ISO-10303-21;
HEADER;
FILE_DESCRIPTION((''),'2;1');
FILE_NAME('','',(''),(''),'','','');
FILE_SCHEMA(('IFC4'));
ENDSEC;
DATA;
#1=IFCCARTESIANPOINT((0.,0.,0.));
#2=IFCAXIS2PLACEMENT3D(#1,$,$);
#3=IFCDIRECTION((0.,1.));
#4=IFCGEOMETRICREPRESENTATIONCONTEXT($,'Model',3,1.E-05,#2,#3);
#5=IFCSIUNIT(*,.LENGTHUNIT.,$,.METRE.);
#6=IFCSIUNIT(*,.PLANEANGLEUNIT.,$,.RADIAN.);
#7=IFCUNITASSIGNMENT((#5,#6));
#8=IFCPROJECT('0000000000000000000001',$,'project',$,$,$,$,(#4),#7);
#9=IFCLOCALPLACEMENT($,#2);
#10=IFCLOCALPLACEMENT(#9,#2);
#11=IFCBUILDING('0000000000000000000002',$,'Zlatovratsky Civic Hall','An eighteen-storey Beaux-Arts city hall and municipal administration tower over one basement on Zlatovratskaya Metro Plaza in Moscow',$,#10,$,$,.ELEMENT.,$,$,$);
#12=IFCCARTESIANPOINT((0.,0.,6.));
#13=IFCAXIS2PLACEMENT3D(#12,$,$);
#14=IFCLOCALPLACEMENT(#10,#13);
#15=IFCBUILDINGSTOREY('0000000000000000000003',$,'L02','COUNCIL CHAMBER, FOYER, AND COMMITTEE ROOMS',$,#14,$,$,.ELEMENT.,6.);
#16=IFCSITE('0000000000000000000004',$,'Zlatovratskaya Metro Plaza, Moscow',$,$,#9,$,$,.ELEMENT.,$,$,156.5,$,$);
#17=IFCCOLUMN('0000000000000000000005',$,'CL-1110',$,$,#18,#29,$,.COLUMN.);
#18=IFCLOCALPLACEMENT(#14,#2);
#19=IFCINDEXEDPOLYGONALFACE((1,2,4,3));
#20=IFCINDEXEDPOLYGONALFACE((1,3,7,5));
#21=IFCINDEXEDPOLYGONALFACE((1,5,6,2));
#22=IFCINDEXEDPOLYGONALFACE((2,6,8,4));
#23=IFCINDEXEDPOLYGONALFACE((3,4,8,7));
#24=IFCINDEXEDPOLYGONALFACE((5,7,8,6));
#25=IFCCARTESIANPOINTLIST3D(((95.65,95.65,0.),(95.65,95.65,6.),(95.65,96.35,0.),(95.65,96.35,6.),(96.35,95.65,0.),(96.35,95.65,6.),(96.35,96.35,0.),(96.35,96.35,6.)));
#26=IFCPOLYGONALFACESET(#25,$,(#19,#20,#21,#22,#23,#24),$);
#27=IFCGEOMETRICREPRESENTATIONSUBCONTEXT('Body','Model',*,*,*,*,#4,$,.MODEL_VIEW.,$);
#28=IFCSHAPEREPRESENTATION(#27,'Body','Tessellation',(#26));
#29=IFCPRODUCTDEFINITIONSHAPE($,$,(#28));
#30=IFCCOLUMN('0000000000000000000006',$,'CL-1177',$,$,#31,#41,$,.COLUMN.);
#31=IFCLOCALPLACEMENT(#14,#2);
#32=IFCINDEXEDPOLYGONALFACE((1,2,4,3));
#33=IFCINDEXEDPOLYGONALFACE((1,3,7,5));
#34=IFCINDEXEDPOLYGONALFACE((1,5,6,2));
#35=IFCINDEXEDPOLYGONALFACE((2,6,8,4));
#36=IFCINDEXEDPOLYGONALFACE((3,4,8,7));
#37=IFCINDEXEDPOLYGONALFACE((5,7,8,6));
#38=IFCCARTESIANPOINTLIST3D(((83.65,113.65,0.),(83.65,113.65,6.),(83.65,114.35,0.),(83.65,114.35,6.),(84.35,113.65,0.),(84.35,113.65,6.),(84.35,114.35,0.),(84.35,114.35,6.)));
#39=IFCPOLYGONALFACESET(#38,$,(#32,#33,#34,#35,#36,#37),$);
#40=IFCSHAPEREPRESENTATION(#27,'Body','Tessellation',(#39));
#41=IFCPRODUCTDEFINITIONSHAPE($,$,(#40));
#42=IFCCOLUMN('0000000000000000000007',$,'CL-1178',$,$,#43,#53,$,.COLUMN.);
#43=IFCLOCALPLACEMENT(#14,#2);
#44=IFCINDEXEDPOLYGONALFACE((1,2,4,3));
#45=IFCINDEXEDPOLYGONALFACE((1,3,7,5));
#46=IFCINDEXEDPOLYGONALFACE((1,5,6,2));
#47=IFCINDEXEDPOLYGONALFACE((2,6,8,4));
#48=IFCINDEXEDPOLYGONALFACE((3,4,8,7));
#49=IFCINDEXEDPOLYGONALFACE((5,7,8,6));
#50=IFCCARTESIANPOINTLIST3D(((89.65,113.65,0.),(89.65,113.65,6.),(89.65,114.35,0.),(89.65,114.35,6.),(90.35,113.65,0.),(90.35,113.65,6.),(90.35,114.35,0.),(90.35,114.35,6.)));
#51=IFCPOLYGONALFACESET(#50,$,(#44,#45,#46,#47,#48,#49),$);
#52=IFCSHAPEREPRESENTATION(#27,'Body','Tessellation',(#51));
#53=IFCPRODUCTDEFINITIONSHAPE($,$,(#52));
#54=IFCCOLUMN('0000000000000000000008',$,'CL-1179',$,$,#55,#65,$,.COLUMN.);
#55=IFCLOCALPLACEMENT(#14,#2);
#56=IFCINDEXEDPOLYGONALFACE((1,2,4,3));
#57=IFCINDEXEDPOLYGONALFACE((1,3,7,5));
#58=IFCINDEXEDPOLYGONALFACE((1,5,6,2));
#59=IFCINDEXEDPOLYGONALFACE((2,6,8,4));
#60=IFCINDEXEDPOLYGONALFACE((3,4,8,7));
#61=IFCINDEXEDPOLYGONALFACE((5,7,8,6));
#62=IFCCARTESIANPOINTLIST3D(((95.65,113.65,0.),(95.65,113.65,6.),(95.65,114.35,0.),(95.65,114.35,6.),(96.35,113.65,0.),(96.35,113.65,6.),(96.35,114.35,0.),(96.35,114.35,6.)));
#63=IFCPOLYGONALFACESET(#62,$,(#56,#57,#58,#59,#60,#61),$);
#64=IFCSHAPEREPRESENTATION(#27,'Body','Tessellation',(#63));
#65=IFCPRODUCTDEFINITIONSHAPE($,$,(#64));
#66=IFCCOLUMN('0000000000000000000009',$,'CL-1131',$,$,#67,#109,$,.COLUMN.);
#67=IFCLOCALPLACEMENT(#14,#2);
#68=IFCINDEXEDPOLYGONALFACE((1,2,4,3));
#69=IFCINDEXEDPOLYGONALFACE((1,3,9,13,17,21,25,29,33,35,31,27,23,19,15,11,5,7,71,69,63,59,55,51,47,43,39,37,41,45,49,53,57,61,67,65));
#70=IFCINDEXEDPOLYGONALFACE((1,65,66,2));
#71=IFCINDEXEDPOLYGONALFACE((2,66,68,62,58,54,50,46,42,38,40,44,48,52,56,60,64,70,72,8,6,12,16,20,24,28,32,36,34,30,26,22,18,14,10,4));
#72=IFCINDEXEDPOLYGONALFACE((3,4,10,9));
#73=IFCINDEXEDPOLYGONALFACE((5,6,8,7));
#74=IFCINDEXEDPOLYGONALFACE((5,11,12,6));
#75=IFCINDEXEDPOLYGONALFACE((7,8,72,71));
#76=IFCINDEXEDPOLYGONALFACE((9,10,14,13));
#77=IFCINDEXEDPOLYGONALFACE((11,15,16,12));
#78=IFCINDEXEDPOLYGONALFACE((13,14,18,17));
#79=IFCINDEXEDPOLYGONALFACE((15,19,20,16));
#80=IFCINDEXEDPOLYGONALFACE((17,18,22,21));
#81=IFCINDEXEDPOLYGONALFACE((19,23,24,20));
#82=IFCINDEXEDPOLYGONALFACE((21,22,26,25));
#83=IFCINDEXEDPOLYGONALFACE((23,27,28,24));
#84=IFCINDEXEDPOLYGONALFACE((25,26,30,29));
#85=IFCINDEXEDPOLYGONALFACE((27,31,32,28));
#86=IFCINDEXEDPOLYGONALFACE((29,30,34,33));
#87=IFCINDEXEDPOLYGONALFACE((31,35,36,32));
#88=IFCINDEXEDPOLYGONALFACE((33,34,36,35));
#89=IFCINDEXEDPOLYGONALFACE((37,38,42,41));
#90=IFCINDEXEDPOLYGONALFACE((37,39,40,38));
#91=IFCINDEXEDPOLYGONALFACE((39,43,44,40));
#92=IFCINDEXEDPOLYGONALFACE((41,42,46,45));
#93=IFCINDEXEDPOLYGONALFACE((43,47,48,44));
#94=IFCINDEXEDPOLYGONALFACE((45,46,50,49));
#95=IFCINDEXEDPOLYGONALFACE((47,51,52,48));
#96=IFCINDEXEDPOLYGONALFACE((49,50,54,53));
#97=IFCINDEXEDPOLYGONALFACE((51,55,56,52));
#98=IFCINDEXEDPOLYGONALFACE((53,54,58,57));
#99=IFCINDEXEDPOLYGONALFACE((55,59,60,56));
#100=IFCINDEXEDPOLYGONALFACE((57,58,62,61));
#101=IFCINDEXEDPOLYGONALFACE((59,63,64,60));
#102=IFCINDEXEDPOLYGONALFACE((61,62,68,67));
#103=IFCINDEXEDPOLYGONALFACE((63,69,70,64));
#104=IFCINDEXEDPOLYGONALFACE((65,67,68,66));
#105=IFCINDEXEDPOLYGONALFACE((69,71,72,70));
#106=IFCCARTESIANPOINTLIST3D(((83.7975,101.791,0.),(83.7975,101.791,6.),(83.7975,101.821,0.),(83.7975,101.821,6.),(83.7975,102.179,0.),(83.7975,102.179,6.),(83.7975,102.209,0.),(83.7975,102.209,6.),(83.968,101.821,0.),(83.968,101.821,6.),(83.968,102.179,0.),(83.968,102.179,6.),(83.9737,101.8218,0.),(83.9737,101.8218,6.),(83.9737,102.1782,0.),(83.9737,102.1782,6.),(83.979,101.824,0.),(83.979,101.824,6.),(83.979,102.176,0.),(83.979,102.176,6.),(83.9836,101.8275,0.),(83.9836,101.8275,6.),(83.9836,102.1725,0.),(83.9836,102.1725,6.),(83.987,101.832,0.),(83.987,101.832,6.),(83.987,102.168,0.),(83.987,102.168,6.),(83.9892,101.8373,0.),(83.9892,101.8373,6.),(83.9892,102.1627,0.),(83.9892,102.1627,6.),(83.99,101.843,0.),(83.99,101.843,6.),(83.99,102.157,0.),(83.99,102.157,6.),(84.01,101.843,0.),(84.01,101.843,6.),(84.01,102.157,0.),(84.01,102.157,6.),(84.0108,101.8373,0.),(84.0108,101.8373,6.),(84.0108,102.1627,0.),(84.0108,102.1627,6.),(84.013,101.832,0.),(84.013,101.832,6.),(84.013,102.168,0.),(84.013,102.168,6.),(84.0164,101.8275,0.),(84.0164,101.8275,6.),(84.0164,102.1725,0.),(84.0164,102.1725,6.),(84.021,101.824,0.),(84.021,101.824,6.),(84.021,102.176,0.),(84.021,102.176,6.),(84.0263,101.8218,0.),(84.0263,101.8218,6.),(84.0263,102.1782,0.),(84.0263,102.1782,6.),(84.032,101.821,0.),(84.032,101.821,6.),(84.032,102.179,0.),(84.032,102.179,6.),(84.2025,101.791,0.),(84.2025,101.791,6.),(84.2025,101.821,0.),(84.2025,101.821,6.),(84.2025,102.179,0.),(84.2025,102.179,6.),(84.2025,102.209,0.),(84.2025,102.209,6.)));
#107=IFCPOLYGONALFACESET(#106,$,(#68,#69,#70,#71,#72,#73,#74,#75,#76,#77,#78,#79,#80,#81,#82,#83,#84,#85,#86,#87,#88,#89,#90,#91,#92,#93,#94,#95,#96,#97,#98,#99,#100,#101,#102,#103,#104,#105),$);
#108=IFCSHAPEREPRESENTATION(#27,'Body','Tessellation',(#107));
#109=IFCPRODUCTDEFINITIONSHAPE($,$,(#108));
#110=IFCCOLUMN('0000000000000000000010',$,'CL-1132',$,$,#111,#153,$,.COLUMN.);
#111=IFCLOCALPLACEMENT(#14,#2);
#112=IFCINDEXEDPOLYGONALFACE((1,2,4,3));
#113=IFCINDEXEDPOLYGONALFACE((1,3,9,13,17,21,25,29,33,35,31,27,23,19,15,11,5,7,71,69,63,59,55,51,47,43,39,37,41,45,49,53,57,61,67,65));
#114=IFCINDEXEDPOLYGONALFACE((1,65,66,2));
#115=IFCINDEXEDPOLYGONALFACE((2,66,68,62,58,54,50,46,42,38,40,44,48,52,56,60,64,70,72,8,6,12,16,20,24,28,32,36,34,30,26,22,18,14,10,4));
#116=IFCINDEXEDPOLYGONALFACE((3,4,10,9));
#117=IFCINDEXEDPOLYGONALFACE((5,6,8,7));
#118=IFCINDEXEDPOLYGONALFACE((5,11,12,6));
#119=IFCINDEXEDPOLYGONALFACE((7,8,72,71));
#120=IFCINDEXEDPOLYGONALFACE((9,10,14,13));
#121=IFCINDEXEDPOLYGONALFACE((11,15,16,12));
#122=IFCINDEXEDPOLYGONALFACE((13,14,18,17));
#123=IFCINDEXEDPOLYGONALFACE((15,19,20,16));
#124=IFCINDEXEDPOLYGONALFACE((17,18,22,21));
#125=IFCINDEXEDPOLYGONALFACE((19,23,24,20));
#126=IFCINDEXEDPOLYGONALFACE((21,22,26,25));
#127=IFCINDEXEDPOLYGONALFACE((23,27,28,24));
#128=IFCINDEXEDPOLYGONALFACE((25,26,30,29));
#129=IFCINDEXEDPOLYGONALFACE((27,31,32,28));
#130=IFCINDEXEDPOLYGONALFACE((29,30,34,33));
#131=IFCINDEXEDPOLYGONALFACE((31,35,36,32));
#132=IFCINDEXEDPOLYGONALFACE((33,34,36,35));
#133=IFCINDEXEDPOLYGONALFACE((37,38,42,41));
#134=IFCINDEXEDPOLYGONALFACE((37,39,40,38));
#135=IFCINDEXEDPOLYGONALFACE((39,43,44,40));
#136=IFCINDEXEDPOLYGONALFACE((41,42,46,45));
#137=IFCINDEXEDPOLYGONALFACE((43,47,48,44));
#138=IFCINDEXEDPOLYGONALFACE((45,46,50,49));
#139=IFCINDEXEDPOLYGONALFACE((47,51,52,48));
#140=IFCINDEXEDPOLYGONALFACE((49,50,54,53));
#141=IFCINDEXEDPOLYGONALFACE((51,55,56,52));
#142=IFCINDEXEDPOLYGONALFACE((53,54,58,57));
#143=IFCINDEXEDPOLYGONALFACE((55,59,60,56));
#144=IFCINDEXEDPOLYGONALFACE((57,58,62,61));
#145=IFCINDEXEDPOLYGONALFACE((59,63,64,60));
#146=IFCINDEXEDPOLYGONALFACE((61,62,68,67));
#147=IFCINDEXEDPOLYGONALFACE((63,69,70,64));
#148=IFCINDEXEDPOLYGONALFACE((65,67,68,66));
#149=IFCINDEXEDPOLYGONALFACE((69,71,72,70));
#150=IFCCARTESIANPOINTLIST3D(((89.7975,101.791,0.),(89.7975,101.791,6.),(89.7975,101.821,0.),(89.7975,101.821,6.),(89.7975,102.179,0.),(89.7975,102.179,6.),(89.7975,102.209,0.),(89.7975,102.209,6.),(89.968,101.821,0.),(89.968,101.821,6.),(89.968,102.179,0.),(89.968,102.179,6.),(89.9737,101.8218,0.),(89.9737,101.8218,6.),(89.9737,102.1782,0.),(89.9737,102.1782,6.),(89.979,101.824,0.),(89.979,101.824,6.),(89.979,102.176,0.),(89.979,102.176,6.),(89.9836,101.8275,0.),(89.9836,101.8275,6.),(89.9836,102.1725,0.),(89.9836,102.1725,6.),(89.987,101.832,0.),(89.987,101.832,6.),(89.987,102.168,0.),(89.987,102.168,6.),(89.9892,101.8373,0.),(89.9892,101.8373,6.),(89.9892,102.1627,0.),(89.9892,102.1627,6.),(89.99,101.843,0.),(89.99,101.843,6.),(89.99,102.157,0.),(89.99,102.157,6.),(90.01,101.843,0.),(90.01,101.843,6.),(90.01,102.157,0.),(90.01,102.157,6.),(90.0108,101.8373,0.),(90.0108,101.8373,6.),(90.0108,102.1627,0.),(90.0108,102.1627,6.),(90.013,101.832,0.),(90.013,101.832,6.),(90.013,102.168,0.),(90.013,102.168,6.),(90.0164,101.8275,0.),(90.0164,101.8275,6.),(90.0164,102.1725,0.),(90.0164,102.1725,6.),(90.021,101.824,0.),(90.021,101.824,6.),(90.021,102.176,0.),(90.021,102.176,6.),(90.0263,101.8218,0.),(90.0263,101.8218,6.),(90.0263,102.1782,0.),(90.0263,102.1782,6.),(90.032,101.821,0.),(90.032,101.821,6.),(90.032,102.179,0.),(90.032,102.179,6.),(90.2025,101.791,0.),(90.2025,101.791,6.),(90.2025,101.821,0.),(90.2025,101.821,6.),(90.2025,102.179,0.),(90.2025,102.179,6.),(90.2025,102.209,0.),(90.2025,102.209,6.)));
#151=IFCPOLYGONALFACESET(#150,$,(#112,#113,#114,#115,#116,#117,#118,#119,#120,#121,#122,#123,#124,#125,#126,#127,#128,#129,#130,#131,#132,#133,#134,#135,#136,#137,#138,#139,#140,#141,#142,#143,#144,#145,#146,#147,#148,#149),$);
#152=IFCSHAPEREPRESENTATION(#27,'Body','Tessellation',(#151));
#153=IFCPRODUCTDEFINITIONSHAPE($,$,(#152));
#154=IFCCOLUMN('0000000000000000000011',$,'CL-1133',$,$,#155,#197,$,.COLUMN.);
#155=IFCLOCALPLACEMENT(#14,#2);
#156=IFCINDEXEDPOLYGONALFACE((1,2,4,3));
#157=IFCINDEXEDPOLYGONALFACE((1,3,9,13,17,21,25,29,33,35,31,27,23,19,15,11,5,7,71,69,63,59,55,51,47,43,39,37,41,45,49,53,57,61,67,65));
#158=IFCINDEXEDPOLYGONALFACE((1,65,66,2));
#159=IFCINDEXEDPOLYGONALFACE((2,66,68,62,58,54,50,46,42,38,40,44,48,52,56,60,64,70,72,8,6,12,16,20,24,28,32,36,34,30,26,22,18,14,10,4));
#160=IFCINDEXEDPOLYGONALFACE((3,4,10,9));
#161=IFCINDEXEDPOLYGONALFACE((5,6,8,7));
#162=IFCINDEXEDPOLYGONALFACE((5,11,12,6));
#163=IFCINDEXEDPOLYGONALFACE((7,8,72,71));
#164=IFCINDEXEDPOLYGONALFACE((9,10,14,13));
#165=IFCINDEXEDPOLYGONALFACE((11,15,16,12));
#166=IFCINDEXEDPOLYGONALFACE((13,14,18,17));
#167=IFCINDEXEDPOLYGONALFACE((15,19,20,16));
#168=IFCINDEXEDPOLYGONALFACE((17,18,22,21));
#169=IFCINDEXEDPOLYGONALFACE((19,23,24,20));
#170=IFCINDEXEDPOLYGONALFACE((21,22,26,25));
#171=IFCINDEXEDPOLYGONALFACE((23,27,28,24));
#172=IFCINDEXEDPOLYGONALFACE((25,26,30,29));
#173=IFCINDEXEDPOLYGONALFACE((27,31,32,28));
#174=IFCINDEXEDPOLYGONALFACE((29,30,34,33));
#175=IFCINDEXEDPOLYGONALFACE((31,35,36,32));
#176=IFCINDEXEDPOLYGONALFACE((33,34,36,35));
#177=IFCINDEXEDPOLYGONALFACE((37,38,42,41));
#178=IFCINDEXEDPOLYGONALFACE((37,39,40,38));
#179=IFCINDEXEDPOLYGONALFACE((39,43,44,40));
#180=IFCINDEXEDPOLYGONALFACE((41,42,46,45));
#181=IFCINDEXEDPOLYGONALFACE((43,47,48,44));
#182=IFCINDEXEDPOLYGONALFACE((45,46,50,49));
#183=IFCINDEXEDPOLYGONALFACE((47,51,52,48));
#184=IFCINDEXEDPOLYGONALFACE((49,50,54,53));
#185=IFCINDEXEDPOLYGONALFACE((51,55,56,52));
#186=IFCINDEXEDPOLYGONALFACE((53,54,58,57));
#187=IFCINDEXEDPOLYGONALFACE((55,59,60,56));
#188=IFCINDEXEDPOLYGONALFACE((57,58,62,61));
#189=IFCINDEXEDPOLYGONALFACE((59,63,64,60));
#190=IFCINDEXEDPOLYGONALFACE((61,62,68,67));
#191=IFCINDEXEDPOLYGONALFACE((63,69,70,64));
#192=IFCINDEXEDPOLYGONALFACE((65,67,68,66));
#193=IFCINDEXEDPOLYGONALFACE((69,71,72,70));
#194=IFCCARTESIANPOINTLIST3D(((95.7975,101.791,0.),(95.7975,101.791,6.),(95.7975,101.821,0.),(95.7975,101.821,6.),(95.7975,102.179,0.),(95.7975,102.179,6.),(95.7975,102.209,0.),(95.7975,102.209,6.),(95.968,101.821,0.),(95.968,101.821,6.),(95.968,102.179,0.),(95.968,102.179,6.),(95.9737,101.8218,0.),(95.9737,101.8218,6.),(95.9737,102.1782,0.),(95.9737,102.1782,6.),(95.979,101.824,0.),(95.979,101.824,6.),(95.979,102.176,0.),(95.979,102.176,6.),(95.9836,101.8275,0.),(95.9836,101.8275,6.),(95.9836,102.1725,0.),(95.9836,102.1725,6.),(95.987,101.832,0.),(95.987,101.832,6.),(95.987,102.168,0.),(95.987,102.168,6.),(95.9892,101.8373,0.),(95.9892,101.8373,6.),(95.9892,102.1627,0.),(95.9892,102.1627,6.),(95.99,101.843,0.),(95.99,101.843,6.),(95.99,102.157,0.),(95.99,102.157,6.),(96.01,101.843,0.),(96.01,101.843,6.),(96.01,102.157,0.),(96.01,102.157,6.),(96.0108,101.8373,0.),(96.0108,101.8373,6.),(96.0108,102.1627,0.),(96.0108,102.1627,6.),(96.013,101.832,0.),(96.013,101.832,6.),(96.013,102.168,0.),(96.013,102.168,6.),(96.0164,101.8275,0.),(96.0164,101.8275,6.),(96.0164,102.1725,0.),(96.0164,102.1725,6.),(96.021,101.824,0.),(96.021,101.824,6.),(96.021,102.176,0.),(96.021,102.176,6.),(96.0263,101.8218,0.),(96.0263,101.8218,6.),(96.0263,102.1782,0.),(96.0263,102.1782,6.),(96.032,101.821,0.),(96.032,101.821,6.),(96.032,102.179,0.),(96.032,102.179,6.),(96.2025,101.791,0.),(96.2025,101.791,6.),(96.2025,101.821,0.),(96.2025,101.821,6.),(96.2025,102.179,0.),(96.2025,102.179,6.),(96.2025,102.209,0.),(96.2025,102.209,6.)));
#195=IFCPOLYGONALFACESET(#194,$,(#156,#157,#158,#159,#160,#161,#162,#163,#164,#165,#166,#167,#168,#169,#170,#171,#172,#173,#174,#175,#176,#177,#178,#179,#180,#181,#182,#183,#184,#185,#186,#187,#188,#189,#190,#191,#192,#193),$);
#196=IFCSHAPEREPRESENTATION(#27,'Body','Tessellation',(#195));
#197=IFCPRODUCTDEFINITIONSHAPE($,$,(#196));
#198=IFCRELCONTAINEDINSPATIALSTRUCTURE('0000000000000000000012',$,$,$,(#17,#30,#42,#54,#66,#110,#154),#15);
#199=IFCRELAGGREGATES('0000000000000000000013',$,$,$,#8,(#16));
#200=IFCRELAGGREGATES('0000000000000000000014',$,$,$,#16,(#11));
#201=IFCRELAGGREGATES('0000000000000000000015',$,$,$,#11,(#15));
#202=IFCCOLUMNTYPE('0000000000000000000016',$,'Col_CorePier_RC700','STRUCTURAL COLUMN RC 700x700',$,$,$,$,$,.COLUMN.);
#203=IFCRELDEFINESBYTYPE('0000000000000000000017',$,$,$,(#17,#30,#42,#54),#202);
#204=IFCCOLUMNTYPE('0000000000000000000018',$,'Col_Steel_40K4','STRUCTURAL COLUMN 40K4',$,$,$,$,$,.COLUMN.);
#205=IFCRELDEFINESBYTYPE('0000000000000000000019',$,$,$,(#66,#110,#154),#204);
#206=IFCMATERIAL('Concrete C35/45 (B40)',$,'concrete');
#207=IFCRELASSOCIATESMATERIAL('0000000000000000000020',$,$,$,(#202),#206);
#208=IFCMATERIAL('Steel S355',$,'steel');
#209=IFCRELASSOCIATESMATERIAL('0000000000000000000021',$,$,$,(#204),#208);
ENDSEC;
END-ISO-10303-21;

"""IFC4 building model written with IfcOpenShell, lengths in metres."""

from ifc_helpers import new_model, si_unit, direction, frame, origin, origin_2d, place, context, subcontext, project, spatial, rectangle, i_section, extrude, material, material_profile, profile_set, type_object, element, save


model = new_model("IFC4")

# Units and contexts
model_context = context("Model", 3, precision=1e-05, world=origin(), true_north=direction((0.0, 1.0)))
body_context = subcontext(model_context, "Body", "Model", "MODEL_VIEW")
ifc_project = project(units=[si_unit("LENGTHUNIT", "METRE"), si_unit("PLANEANGLEUNIT", "RADIAN")], contexts=[model_context])

# Site, building, storey
site_placement = place(None, origin())
site = spatial("IfcSite", under=ifc_project, at=site_placement, Name="Zlatovratskaya Metro Plaza, Moscow", CompositionType="ELEMENT", RefElevation=156.5)
building_placement = place(site_placement, origin())
building = spatial("IfcBuilding", under=site, at=building_placement, Name="Zlatovratsky Civic Hall", Description="An eighteen-storey Beaux-Arts city hall and municipal administration tower over one basement on Zlatovratskaya Metro Plaza in Moscow", CompositionType="ELEMENT")
storey_placement = place(building_placement, frame((0.0, 0.0, 6.0)))
storey = spatial("IfcBuildingStorey", under=building, at=storey_placement, Name="L02", Description="COUNCIL CHAMBER, FOYER, AND COMMITTEE ROOMS", CompositionType="ELEMENT", Elevation=6.0)

# Columns
ifc_material_1 = material(Name="Concrete C35/45 (B40)", Category="concrete")
ifc_material_profile_1 = material_profile(ifc_material_1, rectangle(XDim=0.7, YDim=0.7, at=origin_2d()), Name="RC 700x700")
ifc_profile_set_1 = profile_set([ifc_material_profile_1], Name="Concrete C35/45 (B40)")
column_type_1 = type_object("IfcColumnType", Name="Col_CorePier_RC700", Description="STRUCTURAL COLUMN RC 700x700", PredefinedType="COLUMN", material=ifc_profile_set_1)
for number, where, z_axis, x_axis, name in (
    (1, (96.0, 96.0, 0.0), (0.0, 0.0, 1.0), (1.0, 0.0, 0.0), "CL-1110"),
    (2, (84.0, 114.0, 0.0), (0.0, 0.0, 1.0), (1.0, 0.0, 0.0), "CL-1177"),
    (3, (90.0, 114.0, 0.0), (0.0, 0.0, 1.0), (1.0, 0.0, 0.0), "CL-1178"),
    (4, (96.0, 114.0, 0.0), (0.0, 0.0, 1.0), (1.0, 0.0, 0.0), "CL-1179"),
):
    element("IfcColumn", number, at=place(storey_placement, frame(where, z_axis=z_axis, x_axis=x_axis)), inside=storey, type_object=column_type_1, Name=name, PredefinedType="COLUMN", context=body_context, shape_type="SweptSolid", body=[
        extrude(rectangle(XDim=0.7, YDim=0.7, at=origin_2d()), origin(), (0.0, 0.0, 1.0), 6.0),
    ])
ifc_material_2 = material(Name="Steel S355", Category="steel")
ifc_material_profile_2 = material_profile(ifc_material_2, i_section(OverallWidth=0.405, OverallDepth=0.418, WebThickness=0.02, FlangeThickness=0.03, FilletRadius=0.022, at=origin_2d()), Name="40K4")
ifc_profile_set_2 = profile_set([ifc_material_profile_2], Name="Steel S355")
column_type_2 = type_object("IfcColumnType", Name="Col_Steel_40K4", Description="STRUCTURAL COLUMN 40K4", PredefinedType="COLUMN", material=ifc_profile_set_2)
for number, where, z_axis, x_axis, name in (
    (5, (84.0, 102.0, 0.0), (0.0, 0.0, 1.0), (1.0, 0.0, 0.0), "CL-1131"),
    (6, (90.0, 102.0, 0.0), (0.0, 0.0, 1.0), (1.0, 0.0, 0.0), "CL-1132"),
    (7, (96.0, 102.0, 0.0), (0.0, 0.0, 1.0), (1.0, 0.0, 0.0), "CL-1133"),
):
    element("IfcColumn", number, at=place(storey_placement, frame(where, z_axis=z_axis, x_axis=x_axis)), inside=storey, type_object=column_type_2, Name=name, PredefinedType="COLUMN", context=body_context, shape_type="SweptSolid", body=[
        extrude(i_section(OverallWidth=0.405, OverallDepth=0.418, WebThickness=0.02, FlangeThickness=0.03, FilletRadius=0.022, at=origin_2d()), origin(), (0.0, 0.0, 1.0), 6.0),
    ])

save(model, "model.ifc")
